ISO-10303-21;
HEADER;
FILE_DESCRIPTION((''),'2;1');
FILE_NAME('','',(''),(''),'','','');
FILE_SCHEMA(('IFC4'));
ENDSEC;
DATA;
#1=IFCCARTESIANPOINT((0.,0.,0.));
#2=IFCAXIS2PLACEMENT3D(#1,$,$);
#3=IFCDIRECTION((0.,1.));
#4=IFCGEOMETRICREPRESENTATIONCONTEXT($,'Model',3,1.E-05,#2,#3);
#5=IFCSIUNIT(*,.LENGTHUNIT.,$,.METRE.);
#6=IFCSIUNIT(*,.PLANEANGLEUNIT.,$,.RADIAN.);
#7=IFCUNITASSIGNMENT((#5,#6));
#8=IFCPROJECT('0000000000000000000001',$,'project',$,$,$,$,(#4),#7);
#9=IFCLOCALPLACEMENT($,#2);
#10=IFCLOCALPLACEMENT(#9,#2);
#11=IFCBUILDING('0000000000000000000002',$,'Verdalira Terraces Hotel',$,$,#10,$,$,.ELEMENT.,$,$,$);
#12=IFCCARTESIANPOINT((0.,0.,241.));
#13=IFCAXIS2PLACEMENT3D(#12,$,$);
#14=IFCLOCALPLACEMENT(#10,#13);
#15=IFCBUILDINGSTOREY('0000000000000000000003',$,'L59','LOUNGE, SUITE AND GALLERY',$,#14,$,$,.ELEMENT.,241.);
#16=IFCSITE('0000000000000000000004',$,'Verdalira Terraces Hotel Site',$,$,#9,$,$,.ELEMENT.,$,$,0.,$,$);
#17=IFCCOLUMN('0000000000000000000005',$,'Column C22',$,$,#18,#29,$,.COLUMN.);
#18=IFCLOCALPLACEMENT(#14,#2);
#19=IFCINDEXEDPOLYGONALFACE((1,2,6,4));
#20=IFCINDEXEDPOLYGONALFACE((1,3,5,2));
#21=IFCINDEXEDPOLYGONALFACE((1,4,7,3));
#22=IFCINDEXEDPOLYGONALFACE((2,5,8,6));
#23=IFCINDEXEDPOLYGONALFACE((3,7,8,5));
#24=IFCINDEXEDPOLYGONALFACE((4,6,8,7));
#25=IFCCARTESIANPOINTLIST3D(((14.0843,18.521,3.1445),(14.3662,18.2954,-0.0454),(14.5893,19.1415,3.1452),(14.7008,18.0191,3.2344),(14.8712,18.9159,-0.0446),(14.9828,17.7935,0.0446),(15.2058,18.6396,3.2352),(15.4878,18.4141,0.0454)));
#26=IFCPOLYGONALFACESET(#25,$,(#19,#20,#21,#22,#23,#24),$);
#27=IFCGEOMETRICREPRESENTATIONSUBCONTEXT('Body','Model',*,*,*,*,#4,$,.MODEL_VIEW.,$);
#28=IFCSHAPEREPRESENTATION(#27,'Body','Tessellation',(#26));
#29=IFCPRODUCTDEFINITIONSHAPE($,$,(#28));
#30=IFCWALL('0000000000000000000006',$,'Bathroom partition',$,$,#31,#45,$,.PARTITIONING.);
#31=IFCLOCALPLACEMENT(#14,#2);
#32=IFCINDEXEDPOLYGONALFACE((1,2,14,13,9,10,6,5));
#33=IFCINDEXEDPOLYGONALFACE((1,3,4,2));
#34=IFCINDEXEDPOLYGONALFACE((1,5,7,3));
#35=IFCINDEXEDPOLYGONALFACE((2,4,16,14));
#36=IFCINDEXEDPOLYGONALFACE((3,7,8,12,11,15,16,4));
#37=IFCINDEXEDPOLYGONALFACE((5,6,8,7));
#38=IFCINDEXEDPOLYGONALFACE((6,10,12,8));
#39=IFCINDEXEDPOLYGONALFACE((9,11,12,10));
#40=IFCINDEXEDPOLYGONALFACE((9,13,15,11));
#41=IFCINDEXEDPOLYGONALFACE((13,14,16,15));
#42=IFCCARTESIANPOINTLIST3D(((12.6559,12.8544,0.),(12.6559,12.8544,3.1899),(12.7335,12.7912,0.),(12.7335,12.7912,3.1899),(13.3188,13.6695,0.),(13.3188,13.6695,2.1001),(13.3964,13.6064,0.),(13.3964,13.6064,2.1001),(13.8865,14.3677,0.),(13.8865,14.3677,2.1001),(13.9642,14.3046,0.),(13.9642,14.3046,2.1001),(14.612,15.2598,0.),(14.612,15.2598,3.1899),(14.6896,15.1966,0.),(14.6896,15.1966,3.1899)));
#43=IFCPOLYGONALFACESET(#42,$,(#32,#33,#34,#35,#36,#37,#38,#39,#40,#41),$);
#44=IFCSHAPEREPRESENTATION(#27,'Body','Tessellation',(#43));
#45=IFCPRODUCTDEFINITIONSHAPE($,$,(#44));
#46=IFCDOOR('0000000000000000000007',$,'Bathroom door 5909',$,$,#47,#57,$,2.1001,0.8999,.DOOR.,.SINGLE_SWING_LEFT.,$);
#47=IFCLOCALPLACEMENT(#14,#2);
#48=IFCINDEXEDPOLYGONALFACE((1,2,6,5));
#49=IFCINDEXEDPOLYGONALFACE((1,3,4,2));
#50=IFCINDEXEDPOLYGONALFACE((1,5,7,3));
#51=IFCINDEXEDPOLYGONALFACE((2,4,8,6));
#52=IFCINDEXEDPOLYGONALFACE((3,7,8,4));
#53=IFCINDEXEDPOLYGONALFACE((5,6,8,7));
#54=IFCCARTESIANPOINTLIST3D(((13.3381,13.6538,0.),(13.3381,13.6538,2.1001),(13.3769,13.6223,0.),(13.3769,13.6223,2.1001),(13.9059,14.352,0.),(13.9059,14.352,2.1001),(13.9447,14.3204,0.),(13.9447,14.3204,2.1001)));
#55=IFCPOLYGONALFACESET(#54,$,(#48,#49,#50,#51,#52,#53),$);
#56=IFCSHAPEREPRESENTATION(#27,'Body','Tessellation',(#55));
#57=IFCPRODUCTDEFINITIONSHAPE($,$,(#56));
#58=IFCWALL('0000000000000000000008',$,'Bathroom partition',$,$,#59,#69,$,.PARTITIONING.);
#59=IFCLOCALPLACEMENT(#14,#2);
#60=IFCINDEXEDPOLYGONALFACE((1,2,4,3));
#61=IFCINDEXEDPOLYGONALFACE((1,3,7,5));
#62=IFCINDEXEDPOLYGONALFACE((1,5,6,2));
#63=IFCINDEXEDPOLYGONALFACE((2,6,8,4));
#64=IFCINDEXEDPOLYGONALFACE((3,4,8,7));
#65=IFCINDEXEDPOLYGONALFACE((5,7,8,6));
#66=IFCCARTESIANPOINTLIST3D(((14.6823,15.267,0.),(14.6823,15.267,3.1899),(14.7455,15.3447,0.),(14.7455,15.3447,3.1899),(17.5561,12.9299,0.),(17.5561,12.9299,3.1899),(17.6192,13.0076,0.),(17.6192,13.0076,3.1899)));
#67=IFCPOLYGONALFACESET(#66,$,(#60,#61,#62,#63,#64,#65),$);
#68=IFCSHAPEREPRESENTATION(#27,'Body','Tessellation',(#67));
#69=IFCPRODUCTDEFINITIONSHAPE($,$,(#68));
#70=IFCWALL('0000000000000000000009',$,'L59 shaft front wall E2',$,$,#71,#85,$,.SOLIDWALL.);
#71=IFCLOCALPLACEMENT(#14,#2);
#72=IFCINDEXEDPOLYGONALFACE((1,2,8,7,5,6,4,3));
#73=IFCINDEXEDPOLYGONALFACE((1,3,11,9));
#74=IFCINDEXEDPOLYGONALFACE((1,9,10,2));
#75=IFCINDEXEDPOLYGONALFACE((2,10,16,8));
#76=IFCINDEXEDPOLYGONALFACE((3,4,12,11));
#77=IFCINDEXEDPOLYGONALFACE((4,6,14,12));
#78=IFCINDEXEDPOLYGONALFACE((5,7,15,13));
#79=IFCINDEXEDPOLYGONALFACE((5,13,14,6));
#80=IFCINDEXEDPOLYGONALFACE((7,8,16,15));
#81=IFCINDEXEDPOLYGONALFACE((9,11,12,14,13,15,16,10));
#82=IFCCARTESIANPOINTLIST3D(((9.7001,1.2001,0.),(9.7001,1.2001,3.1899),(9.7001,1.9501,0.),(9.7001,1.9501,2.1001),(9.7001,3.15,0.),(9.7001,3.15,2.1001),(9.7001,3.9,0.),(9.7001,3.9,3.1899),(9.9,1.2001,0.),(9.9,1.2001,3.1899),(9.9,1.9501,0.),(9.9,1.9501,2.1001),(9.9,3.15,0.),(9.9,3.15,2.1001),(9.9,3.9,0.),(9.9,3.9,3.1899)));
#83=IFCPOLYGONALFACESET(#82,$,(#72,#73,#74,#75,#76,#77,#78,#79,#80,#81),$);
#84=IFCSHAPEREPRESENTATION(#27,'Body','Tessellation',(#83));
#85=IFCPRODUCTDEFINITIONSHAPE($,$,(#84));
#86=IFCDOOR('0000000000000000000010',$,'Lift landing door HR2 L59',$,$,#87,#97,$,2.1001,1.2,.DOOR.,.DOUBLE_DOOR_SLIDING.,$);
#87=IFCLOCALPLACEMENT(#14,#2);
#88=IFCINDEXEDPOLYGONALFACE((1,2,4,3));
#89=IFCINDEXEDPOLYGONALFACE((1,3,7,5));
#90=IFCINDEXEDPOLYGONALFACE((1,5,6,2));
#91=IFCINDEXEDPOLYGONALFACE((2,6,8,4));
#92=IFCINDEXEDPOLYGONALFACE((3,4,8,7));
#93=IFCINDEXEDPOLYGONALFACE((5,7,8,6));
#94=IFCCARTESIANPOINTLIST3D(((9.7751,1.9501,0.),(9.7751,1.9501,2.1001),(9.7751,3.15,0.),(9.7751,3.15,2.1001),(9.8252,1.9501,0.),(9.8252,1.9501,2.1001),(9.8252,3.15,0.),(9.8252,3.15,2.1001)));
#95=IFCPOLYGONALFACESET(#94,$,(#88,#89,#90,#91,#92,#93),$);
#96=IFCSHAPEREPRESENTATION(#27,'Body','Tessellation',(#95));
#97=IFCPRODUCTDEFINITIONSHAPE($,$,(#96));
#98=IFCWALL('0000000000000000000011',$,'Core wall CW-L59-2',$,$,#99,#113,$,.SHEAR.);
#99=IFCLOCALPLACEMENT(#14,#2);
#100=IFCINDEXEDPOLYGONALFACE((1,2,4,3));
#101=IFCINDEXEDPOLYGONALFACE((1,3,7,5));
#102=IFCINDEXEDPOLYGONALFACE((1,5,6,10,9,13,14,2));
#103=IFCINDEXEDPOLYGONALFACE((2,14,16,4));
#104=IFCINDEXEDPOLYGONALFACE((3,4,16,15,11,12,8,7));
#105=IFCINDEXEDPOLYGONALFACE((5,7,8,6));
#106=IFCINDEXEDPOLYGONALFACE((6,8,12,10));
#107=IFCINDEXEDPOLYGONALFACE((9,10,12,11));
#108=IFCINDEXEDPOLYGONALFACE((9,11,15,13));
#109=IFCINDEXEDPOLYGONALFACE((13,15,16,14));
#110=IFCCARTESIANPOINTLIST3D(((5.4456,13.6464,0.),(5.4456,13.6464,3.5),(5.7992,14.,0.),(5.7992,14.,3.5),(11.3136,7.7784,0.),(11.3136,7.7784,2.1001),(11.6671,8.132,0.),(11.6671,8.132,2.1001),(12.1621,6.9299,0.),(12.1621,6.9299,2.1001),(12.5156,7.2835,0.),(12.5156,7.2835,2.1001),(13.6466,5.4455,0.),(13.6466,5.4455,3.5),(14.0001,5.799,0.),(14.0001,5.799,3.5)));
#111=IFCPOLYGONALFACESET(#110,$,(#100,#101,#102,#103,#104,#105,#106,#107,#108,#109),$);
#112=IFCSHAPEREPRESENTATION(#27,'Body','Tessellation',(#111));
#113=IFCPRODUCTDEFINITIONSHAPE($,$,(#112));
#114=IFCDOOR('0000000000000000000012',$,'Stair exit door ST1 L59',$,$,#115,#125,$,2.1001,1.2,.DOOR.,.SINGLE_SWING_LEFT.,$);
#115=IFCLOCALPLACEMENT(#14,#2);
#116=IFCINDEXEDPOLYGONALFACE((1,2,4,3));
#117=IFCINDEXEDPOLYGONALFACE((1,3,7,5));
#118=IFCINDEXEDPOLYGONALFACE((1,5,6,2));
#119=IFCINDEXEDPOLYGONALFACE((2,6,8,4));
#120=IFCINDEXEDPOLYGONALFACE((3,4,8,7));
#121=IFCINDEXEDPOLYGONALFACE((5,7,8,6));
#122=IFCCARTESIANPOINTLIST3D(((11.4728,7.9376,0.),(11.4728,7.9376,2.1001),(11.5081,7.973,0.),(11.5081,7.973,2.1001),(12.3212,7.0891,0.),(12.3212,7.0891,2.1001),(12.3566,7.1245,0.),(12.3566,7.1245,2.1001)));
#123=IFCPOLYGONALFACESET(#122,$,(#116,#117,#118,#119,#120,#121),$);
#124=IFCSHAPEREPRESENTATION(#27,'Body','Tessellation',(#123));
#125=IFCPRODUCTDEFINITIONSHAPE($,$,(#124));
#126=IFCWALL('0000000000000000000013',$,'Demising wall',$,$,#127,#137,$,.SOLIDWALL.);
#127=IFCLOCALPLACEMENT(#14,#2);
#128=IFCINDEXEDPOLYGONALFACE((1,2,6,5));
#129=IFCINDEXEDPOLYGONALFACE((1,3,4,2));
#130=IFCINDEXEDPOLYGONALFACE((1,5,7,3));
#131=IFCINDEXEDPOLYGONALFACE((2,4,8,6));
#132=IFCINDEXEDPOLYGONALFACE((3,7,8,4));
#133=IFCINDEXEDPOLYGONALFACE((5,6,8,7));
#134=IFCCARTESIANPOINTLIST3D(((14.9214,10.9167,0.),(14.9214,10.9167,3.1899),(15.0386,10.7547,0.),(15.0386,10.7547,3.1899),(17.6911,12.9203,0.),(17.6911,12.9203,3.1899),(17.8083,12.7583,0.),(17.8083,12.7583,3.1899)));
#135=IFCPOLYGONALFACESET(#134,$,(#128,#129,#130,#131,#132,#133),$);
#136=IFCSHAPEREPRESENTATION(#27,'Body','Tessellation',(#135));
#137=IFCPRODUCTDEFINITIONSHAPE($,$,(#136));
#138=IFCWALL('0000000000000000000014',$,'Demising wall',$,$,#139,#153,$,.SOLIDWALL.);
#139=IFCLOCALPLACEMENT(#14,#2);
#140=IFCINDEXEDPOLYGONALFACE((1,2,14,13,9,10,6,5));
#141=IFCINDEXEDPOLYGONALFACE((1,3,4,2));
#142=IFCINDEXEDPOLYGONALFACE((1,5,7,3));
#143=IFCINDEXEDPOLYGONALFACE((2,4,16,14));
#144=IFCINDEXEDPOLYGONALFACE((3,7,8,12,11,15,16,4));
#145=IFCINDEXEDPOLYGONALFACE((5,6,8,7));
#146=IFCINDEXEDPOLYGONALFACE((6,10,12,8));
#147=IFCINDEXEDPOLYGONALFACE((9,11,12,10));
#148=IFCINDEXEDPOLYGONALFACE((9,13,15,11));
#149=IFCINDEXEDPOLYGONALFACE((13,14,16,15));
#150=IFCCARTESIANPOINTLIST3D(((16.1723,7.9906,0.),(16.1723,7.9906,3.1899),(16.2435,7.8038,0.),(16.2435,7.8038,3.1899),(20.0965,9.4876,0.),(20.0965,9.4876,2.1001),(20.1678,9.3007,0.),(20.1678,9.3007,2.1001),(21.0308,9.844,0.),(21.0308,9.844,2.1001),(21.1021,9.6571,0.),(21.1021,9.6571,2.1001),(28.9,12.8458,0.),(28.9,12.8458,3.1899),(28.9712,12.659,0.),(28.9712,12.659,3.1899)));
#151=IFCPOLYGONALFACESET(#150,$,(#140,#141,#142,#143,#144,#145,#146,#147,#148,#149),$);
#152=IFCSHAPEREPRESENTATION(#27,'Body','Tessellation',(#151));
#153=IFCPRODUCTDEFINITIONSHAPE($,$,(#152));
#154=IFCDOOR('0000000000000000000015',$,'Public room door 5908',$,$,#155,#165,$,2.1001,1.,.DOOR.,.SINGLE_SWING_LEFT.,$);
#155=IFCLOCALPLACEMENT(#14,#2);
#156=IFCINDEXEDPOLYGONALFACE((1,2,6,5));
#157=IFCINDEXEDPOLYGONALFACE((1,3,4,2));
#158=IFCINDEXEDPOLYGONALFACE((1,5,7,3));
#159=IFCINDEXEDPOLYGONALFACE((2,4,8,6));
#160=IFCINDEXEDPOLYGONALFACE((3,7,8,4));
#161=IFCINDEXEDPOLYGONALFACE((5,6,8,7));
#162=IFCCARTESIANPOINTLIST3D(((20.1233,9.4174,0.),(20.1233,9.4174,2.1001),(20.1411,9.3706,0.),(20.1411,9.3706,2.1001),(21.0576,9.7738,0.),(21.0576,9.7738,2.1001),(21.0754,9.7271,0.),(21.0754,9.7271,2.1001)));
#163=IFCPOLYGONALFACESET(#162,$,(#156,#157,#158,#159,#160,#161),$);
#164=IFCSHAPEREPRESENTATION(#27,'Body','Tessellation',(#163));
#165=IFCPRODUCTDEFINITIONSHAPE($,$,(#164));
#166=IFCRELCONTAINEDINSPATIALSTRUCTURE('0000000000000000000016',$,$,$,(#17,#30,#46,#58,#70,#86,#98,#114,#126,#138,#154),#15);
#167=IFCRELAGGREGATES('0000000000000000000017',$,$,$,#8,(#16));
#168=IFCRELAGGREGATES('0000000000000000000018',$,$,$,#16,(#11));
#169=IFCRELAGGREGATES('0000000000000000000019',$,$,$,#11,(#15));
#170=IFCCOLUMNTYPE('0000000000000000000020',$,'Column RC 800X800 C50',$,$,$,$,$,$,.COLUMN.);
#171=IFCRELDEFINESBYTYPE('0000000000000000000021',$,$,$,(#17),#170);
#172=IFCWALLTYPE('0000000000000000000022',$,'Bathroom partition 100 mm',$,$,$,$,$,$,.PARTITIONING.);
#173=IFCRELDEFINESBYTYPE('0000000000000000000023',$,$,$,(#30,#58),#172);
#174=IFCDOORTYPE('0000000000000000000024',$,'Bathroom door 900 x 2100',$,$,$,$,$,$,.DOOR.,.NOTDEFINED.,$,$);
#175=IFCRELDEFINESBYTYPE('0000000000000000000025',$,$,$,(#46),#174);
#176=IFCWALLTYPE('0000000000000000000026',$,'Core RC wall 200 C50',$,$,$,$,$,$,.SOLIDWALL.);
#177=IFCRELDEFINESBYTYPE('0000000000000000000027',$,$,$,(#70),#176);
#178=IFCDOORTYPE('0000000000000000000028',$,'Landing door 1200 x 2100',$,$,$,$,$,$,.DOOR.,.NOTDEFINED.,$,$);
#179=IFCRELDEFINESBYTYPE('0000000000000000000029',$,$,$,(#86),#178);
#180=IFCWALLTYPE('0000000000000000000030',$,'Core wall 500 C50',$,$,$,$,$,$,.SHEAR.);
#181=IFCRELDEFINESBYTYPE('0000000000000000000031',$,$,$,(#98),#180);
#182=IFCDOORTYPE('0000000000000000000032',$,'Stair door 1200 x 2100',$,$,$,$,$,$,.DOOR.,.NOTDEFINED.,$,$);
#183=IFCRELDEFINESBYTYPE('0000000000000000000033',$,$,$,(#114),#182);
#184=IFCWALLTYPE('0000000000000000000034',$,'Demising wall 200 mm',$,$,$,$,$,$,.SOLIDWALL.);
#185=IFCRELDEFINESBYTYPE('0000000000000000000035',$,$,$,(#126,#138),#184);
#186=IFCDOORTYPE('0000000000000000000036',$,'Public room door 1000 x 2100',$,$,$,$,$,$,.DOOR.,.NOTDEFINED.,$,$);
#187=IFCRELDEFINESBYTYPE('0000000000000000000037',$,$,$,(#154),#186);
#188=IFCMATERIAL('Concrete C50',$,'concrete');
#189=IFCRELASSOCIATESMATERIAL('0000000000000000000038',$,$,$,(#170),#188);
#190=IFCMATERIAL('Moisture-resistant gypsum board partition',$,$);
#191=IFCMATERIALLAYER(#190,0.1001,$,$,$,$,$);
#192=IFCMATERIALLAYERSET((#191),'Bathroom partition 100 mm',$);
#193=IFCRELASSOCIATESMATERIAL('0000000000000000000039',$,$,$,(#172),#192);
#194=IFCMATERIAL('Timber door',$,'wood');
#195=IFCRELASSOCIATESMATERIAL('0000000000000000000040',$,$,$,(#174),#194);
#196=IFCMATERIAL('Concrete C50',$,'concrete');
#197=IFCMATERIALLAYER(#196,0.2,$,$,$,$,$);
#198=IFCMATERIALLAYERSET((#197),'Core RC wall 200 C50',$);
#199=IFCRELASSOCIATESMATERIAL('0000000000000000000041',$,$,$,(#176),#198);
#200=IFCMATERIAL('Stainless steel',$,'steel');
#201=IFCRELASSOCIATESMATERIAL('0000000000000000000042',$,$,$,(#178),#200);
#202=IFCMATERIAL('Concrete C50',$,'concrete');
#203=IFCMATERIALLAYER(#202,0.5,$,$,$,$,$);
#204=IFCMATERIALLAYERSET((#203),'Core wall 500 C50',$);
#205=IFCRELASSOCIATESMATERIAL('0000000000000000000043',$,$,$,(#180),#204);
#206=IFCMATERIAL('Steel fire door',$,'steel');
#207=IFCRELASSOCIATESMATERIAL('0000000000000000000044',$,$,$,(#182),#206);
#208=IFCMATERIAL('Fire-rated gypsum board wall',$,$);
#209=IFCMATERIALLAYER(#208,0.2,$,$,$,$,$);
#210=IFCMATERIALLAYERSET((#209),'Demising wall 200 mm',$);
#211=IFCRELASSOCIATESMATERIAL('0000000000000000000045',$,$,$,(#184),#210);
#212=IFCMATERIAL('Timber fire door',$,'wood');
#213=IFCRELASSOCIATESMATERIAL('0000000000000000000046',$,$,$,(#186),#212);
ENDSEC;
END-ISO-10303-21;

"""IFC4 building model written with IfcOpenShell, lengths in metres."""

from ifc_helpers import new_model, si_unit, direction, frame, frame_2d, origin, origin_2d, place, context, subcontext, project, spatial, rectangle, extrude, material, layer, layer_set, material_profile, profile_set, type_object, element, fill, save


model = new_model("IFC4")

# Units and contexts
model_context = context("Model", 3, precision=1e-05, world=origin(), true_north=direction((0.0, 1.0)))
body_context = subcontext(model_context, "Body", "Model", "MODEL_VIEW")
ifc_project = project(units=[si_unit("LENGTHUNIT", "METRE"), si_unit("PLANEANGLEUNIT", "RADIAN")], contexts=[model_context])

# Site, building, storey
site_placement = place(None, origin())
site = spatial("IfcSite", under=ifc_project, at=site_placement, Name="Verdalira Terraces Hotel Site", CompositionType="ELEMENT", RefElevation=0.0)
building_placement = place(site_placement, origin())
building = spatial("IfcBuilding", under=site, at=building_placement, Name="Verdalira Terraces Hotel", CompositionType="ELEMENT")
storey_placement = place(building_placement, frame((0.0, 0.0, 241.0)))
storey = spatial("IfcBuildingStorey", under=building, at=storey_placement, Name="L59", Description="LOUNGE, SUITE AND GALLERY", CompositionType="ELEMENT", Elevation=241.0)

# Column
ifc_material_1 = material(Name="Concrete C50", Category="concrete")
ifc_material_profile = material_profile(ifc_material_1, rectangle(XDim=0.8, YDim=0.8, at=origin_2d()), Name="RC 800X800")
ifc_profile_set = profile_set([ifc_material_profile], Name="Concrete C50")
column_type = type_object("IfcColumnType", Name="Column RC 800X800 C50", PredefinedType="COLUMN", material=ifc_profile_set)
column_placement = place(storey_placement, frame((14.927, 18.3547, 0.0), z_axis=(-0.087836, 0.070269, 0.993653), x_axis=(-0.770618, 0.627292, -0.112481)))
element("IfcColumn", 1, at=column_placement, inside=storey, type_object=column_type, Name="Column C22", PredefinedType="COLUMN", context=body_context, shape_type="SweptSolid", body=[
    extrude(rectangle(XDim=0.8, YDim=0.8, at=origin_2d()), origin(), (0.0, 0.0, 1.0), 3.2102),
])

# Wall, opening, door
ifc_material_2 = material(Name="Moisture-resistant gypsum board partition")
ifc_layer_1 = layer(ifc_material_2, 0.1001)
ifc_layer_set_1 = layer_set([ifc_layer_1], Name="Bathroom partition 100 mm")
wall_type_1 = type_object("IfcWallType", Name="Bathroom partition 100 mm", PredefinedType="PARTITIONING", material=ifc_layer_set_1)
wall_1_placement = place(storey_placement, frame((14.6509, 15.2283, 0.0), z_axis=(0.0, 0.0, 1.0), x_axis=(-0.630936, -0.775835, 0.0)))
wall_1 = element("IfcWall", 2, at=wall_1_placement, inside=storey, type_object=wall_type_1, Name="Bathroom partition", PredefinedType="PARTITIONING", context=body_context, shape_type="SweptSolid", body=[
    extrude(rectangle(XDim=3.1003, YDim=0.1001, at=frame_2d((1.5503, 0.0))), origin(), (0.0, 0.0, 1.0), 3.1899),
])
opening_1_placement = place(wall_1_placement, frame((1.1499, 0.0, 0.0)))
opening_1 = element("IfcOpeningElement", 3, at=opening_1_placement, cuts=wall_1, PredefinedType="OPENING", context=body_context, shape_type="SweptSolid", body=[
    extrude(rectangle(XDim=0.8999, YDim=2.1001, at=frame_2d((0.45, 1.05))), frame((0.0, 0.0601, 0.0), z_axis=(0.0, -1.0, 0.0), x_axis=(1.0, 0.0, 0.0)), (0.0, 0.0, 1.0), 0.1201),
])
ifc_material_3 = material(Name="Timber door", Category="wood")
door_type_1 = type_object("IfcDoorType", Name="Bathroom door 900 x 2100", OperationType="NOTDEFINED", PredefinedType="DOOR", material=ifc_material_3)
door_1_placement = place(opening_1_placement, origin())
door_1 = element("IfcDoor", 4, at=door_1_placement, inside=storey, type_object=door_type_1, Name="Bathroom door 5909", OperationType="SINGLE_SWING_LEFT", OverallHeight=2.1001, OverallWidth=0.8999, PredefinedType="DOOR", context=body_context, shape_type="SweptSolid", body=[
    extrude(rectangle(XDim=0.8999, YDim=2.1001, at=frame_2d((0.45, 1.05))), frame((0.0, 0.0249, 0.0), z_axis=(0.0, -1.0, 0.0), x_axis=(1.0, 0.0, 0.0)), (0.0, 0.0, 1.0), 0.05),
])
fill(opening_1, door_1)

# Wall
wall_2_placement = place(storey_placement, frame((17.5876, 12.9688, 0.0), z_axis=(0.0, 0.0, 1.0), x_axis=(-0.775822, 0.630952, 0.0)))
element("IfcWall", 5, at=wall_2_placement, inside=storey, type_object=wall_type_1, Name="Bathroom partition", PredefinedType="PARTITIONING", context=body_context, shape_type="SweptSolid", body=[
    extrude(rectangle(XDim=3.7041, YDim=0.1001, at=frame_2d((1.8521, 0.0))), origin(), (0.0, 0.0, 1.0), 3.1899),
])

# Walls, openings, doors
ifc_material_4 = material(Name="Concrete C50", Category="concrete")
ifc_layer_2 = layer(ifc_material_4, 0.2)
ifc_layer_set_2 = layer_set([ifc_layer_2], Name="Core RC wall 200 C50")
wall_type_2 = type_object("IfcWallType", Name="Core RC wall 200 C50", PredefinedType="SOLIDWALL", material=ifc_layer_set_2)
wall_3_placement = place(storey_placement, frame((9.8, 1.2, 0.0), z_axis=(0.0, 0.0, 1.0), x_axis=(0.0, 1.0, 0.0)))
wall_3 = element("IfcWall", 6, at=wall_3_placement, inside=storey, type_object=wall_type_2, Name="L59 shaft front wall E2", PredefinedType="SOLIDWALL", context=body_context, shape_type="SweptSolid", body=[
    extrude(rectangle(XDim=2.7, YDim=0.2, at=frame_2d((1.3501, 0.0))), origin(), (0.0, 0.0, 1.0), 3.1899),
])
opening_2_placement = place(wall_3_placement, frame((0.75, 0.0, 0.0)))
opening_2 = element("IfcOpeningElement", 7, at=opening_2_placement, cuts=wall_3, PredefinedType="OPENING", context=body_context, shape_type="SweptSolid", body=[
    extrude(rectangle(XDim=1.2, YDim=2.1001, at=frame_2d((0.6001, 1.05))), frame((0.0, 0.1099, 0.0), z_axis=(0.0, -1.0, 0.0), x_axis=(1.0, 0.0, 0.0)), (0.0, 0.0, 1.0), 0.22),
])
ifc_material_5 = material(Name="Stainless steel", Category="steel")
door_type_2 = type_object("IfcDoorType", Name="Landing door 1200 x 2100", OperationType="NOTDEFINED", PredefinedType="DOOR", material=ifc_material_5)
door_2_placement = place(opening_2_placement, origin())
door_2 = element("IfcDoor", 8, at=door_2_placement, inside=storey, type_object=door_type_2, Name="Lift landing door HR2 L59", OperationType="DOUBLE_DOOR_SLIDING", OverallHeight=2.1001, OverallWidth=1.2, PredefinedType="DOOR", context=body_context, shape_type="SweptSolid", body=[
    extrude(rectangle(XDim=1.2, YDim=2.1001, at=frame_2d((0.6001, 1.05))), frame((0.0, 0.0249, 0.0), z_axis=(0.0, -1.0, 0.0), x_axis=(1.0, 0.0, 0.0)), (0.0, 0.0, 1.0), 0.05),
])
fill(opening_2, door_2)
ifc_material_6 = material(Name="Concrete C50", Category="concrete")
ifc_layer_3 = layer(ifc_material_6, 0.5)
ifc_layer_set_3 = layer_set([ifc_layer_3], Name="Core wall 500 C50")
wall_type_3 = type_object("IfcWallType", Name="Core wall 500 C50", PredefinedType="SHEAR", material=ifc_layer_set_3)
wall_4_placement = place(storey_placement, frame((13.8232, 5.6223, 0.0), z_axis=(0.0, 0.0, 1.0), x_axis=(-0.707107, 0.707107, 0.0)))
wall_4 = element("IfcWall", 9, at=wall_4_placement, inside=storey, type_object=wall_type_3, Name="Core wall CW-L59-2", PredefinedType="SHEAR", context=body_context, shape_type="SweptSolid", body=[
    extrude(rectangle(XDim=11.5979, YDim=0.5, at=frame_2d((5.7988, 0.0))), origin(), (0.0, 0.0, 1.0), 3.5),
])
opening_3_placement = place(wall_4_placement, frame((2.0991, 0.0, 0.0)))
opening_3 = element("IfcOpeningElement", 10, at=opening_3_placement, cuts=wall_4, PredefinedType="OPENING", context=body_context, shape_type="SweptSolid", body=[
    extrude(rectangle(XDim=1.2, YDim=2.1001, at=frame_2d((0.6001, 1.05))), frame((0.0, 0.26, 0.0), z_axis=(0.0, -1.0, 0.0), x_axis=(1.0, 0.0, 0.0)), (0.0, 0.0, 1.0), 0.52),
])
ifc_material_7 = material(Name="Steel fire door", Category="steel")
door_type_3 = type_object("IfcDoorType", Name="Stair door 1200 x 2100", OperationType="NOTDEFINED", PredefinedType="DOOR", material=ifc_material_7)
door_3_placement = place(opening_3_placement, origin())
door_3 = element("IfcDoor", 11, at=door_3_placement, inside=storey, type_object=door_type_3, Name="Stair exit door ST1 L59", OperationType="SINGLE_SWING_LEFT", OverallHeight=2.1001, OverallWidth=1.2, PredefinedType="DOOR", context=body_context, shape_type="SweptSolid", body=[
    extrude(rectangle(XDim=1.2, YDim=2.1001, at=frame_2d((0.6001, 1.05))), frame((0.0, 0.0249, 0.0), z_axis=(0.0, -1.0, 0.0), x_axis=(1.0, 0.0, 0.0)), (0.0, 0.0, 1.0), 0.05),
])
fill(opening_3, door_3)

# Wall
ifc_material_8 = material(Name="Fire-rated gypsum board wall")
ifc_layer_4 = layer(ifc_material_8, 0.2)
ifc_layer_set_4 = layer_set([ifc_layer_4], Name="Demising wall 200 mm")
wall_type_4 = type_object("IfcWallType", Name="Demising wall 200 mm", PredefinedType="SOLIDWALL", material=ifc_layer_set_4)
wall_5_placement = place(storey_placement, frame((14.98, 10.8357, 0.0), z_axis=(0.0, 0.0, 1.0), x_axis=(0.810225, 0.586119, 0.0)))
element("IfcWall", 12, at=wall_5_placement, inside=storey, type_object=wall_type_4, Name="Demising wall", PredefinedType="SOLIDWALL", context=body_context, shape_type="SweptSolid", body=[
    extrude(rectangle(XDim=3.4185, YDim=0.2, at=frame_2d((1.7092, 0.0))), origin(), (0.0, 0.0, 1.0), 3.1899),
])

# Wall, opening, door
wall_6_placement = place(storey_placement, frame((16.208, 7.8972, 0.0), z_axis=(0.0, 0.0, 1.0), x_axis=(0.934328, 0.356415, 0.0)))
wall_6 = element("IfcWall", 13, at=wall_6_placement, inside=storey, type_object=wall_type_4, Name="Demising wall", PredefinedType="SOLIDWALL", context=body_context, shape_type="SweptSolid", body=[
    extrude(rectangle(XDim=13.6223, YDim=0.2, at=frame_2d((6.811, 0.0))), origin(), (0.0, 0.0, 1.0), 3.1899),
])
opening_4_placement = place(wall_6_placement, frame((4.2, 0.0, 0.0)))
opening_4 = element("IfcOpeningElement", 14, at=opening_4_placement, cuts=wall_6, PredefinedType="OPENING", context=body_context, shape_type="SweptSolid", body=[
    extrude(rectangle(XDim=1.0, YDim=2.1001, at=frame_2d((0.5, 1.05))), frame((0.0, 0.1099, 0.0), z_axis=(0.0, -1.0, 0.0), x_axis=(1.0, 0.0, 0.0)), (0.0, 0.0, 1.0), 0.22),
])
ifc_material_9 = material(Name="Timber fire door", Category="wood")
door_type_4 = type_object("IfcDoorType", Name="Public room door 1000 x 2100", OperationType="NOTDEFINED", PredefinedType="DOOR", material=ifc_material_9)
door_4_placement = place(opening_4_placement, origin())
door_4 = element("IfcDoor", 15, at=door_4_placement, inside=storey, type_object=door_type_4, Name="Public room door 5908", OperationType="SINGLE_SWING_LEFT", OverallHeight=2.1001, OverallWidth=1.0, PredefinedType="DOOR", context=body_context, shape_type="SweptSolid", body=[
    extrude(rectangle(XDim=1.0, YDim=2.1001, at=frame_2d((0.5, 1.05))), frame((0.0, 0.0249, 0.0), z_axis=(0.0, -1.0, 0.0), x_axis=(1.0, 0.0, 0.0)), (0.0, 0.0, 1.0), 0.05),
])
fill(opening_4, door_4)

save(model, "model.ifc")
